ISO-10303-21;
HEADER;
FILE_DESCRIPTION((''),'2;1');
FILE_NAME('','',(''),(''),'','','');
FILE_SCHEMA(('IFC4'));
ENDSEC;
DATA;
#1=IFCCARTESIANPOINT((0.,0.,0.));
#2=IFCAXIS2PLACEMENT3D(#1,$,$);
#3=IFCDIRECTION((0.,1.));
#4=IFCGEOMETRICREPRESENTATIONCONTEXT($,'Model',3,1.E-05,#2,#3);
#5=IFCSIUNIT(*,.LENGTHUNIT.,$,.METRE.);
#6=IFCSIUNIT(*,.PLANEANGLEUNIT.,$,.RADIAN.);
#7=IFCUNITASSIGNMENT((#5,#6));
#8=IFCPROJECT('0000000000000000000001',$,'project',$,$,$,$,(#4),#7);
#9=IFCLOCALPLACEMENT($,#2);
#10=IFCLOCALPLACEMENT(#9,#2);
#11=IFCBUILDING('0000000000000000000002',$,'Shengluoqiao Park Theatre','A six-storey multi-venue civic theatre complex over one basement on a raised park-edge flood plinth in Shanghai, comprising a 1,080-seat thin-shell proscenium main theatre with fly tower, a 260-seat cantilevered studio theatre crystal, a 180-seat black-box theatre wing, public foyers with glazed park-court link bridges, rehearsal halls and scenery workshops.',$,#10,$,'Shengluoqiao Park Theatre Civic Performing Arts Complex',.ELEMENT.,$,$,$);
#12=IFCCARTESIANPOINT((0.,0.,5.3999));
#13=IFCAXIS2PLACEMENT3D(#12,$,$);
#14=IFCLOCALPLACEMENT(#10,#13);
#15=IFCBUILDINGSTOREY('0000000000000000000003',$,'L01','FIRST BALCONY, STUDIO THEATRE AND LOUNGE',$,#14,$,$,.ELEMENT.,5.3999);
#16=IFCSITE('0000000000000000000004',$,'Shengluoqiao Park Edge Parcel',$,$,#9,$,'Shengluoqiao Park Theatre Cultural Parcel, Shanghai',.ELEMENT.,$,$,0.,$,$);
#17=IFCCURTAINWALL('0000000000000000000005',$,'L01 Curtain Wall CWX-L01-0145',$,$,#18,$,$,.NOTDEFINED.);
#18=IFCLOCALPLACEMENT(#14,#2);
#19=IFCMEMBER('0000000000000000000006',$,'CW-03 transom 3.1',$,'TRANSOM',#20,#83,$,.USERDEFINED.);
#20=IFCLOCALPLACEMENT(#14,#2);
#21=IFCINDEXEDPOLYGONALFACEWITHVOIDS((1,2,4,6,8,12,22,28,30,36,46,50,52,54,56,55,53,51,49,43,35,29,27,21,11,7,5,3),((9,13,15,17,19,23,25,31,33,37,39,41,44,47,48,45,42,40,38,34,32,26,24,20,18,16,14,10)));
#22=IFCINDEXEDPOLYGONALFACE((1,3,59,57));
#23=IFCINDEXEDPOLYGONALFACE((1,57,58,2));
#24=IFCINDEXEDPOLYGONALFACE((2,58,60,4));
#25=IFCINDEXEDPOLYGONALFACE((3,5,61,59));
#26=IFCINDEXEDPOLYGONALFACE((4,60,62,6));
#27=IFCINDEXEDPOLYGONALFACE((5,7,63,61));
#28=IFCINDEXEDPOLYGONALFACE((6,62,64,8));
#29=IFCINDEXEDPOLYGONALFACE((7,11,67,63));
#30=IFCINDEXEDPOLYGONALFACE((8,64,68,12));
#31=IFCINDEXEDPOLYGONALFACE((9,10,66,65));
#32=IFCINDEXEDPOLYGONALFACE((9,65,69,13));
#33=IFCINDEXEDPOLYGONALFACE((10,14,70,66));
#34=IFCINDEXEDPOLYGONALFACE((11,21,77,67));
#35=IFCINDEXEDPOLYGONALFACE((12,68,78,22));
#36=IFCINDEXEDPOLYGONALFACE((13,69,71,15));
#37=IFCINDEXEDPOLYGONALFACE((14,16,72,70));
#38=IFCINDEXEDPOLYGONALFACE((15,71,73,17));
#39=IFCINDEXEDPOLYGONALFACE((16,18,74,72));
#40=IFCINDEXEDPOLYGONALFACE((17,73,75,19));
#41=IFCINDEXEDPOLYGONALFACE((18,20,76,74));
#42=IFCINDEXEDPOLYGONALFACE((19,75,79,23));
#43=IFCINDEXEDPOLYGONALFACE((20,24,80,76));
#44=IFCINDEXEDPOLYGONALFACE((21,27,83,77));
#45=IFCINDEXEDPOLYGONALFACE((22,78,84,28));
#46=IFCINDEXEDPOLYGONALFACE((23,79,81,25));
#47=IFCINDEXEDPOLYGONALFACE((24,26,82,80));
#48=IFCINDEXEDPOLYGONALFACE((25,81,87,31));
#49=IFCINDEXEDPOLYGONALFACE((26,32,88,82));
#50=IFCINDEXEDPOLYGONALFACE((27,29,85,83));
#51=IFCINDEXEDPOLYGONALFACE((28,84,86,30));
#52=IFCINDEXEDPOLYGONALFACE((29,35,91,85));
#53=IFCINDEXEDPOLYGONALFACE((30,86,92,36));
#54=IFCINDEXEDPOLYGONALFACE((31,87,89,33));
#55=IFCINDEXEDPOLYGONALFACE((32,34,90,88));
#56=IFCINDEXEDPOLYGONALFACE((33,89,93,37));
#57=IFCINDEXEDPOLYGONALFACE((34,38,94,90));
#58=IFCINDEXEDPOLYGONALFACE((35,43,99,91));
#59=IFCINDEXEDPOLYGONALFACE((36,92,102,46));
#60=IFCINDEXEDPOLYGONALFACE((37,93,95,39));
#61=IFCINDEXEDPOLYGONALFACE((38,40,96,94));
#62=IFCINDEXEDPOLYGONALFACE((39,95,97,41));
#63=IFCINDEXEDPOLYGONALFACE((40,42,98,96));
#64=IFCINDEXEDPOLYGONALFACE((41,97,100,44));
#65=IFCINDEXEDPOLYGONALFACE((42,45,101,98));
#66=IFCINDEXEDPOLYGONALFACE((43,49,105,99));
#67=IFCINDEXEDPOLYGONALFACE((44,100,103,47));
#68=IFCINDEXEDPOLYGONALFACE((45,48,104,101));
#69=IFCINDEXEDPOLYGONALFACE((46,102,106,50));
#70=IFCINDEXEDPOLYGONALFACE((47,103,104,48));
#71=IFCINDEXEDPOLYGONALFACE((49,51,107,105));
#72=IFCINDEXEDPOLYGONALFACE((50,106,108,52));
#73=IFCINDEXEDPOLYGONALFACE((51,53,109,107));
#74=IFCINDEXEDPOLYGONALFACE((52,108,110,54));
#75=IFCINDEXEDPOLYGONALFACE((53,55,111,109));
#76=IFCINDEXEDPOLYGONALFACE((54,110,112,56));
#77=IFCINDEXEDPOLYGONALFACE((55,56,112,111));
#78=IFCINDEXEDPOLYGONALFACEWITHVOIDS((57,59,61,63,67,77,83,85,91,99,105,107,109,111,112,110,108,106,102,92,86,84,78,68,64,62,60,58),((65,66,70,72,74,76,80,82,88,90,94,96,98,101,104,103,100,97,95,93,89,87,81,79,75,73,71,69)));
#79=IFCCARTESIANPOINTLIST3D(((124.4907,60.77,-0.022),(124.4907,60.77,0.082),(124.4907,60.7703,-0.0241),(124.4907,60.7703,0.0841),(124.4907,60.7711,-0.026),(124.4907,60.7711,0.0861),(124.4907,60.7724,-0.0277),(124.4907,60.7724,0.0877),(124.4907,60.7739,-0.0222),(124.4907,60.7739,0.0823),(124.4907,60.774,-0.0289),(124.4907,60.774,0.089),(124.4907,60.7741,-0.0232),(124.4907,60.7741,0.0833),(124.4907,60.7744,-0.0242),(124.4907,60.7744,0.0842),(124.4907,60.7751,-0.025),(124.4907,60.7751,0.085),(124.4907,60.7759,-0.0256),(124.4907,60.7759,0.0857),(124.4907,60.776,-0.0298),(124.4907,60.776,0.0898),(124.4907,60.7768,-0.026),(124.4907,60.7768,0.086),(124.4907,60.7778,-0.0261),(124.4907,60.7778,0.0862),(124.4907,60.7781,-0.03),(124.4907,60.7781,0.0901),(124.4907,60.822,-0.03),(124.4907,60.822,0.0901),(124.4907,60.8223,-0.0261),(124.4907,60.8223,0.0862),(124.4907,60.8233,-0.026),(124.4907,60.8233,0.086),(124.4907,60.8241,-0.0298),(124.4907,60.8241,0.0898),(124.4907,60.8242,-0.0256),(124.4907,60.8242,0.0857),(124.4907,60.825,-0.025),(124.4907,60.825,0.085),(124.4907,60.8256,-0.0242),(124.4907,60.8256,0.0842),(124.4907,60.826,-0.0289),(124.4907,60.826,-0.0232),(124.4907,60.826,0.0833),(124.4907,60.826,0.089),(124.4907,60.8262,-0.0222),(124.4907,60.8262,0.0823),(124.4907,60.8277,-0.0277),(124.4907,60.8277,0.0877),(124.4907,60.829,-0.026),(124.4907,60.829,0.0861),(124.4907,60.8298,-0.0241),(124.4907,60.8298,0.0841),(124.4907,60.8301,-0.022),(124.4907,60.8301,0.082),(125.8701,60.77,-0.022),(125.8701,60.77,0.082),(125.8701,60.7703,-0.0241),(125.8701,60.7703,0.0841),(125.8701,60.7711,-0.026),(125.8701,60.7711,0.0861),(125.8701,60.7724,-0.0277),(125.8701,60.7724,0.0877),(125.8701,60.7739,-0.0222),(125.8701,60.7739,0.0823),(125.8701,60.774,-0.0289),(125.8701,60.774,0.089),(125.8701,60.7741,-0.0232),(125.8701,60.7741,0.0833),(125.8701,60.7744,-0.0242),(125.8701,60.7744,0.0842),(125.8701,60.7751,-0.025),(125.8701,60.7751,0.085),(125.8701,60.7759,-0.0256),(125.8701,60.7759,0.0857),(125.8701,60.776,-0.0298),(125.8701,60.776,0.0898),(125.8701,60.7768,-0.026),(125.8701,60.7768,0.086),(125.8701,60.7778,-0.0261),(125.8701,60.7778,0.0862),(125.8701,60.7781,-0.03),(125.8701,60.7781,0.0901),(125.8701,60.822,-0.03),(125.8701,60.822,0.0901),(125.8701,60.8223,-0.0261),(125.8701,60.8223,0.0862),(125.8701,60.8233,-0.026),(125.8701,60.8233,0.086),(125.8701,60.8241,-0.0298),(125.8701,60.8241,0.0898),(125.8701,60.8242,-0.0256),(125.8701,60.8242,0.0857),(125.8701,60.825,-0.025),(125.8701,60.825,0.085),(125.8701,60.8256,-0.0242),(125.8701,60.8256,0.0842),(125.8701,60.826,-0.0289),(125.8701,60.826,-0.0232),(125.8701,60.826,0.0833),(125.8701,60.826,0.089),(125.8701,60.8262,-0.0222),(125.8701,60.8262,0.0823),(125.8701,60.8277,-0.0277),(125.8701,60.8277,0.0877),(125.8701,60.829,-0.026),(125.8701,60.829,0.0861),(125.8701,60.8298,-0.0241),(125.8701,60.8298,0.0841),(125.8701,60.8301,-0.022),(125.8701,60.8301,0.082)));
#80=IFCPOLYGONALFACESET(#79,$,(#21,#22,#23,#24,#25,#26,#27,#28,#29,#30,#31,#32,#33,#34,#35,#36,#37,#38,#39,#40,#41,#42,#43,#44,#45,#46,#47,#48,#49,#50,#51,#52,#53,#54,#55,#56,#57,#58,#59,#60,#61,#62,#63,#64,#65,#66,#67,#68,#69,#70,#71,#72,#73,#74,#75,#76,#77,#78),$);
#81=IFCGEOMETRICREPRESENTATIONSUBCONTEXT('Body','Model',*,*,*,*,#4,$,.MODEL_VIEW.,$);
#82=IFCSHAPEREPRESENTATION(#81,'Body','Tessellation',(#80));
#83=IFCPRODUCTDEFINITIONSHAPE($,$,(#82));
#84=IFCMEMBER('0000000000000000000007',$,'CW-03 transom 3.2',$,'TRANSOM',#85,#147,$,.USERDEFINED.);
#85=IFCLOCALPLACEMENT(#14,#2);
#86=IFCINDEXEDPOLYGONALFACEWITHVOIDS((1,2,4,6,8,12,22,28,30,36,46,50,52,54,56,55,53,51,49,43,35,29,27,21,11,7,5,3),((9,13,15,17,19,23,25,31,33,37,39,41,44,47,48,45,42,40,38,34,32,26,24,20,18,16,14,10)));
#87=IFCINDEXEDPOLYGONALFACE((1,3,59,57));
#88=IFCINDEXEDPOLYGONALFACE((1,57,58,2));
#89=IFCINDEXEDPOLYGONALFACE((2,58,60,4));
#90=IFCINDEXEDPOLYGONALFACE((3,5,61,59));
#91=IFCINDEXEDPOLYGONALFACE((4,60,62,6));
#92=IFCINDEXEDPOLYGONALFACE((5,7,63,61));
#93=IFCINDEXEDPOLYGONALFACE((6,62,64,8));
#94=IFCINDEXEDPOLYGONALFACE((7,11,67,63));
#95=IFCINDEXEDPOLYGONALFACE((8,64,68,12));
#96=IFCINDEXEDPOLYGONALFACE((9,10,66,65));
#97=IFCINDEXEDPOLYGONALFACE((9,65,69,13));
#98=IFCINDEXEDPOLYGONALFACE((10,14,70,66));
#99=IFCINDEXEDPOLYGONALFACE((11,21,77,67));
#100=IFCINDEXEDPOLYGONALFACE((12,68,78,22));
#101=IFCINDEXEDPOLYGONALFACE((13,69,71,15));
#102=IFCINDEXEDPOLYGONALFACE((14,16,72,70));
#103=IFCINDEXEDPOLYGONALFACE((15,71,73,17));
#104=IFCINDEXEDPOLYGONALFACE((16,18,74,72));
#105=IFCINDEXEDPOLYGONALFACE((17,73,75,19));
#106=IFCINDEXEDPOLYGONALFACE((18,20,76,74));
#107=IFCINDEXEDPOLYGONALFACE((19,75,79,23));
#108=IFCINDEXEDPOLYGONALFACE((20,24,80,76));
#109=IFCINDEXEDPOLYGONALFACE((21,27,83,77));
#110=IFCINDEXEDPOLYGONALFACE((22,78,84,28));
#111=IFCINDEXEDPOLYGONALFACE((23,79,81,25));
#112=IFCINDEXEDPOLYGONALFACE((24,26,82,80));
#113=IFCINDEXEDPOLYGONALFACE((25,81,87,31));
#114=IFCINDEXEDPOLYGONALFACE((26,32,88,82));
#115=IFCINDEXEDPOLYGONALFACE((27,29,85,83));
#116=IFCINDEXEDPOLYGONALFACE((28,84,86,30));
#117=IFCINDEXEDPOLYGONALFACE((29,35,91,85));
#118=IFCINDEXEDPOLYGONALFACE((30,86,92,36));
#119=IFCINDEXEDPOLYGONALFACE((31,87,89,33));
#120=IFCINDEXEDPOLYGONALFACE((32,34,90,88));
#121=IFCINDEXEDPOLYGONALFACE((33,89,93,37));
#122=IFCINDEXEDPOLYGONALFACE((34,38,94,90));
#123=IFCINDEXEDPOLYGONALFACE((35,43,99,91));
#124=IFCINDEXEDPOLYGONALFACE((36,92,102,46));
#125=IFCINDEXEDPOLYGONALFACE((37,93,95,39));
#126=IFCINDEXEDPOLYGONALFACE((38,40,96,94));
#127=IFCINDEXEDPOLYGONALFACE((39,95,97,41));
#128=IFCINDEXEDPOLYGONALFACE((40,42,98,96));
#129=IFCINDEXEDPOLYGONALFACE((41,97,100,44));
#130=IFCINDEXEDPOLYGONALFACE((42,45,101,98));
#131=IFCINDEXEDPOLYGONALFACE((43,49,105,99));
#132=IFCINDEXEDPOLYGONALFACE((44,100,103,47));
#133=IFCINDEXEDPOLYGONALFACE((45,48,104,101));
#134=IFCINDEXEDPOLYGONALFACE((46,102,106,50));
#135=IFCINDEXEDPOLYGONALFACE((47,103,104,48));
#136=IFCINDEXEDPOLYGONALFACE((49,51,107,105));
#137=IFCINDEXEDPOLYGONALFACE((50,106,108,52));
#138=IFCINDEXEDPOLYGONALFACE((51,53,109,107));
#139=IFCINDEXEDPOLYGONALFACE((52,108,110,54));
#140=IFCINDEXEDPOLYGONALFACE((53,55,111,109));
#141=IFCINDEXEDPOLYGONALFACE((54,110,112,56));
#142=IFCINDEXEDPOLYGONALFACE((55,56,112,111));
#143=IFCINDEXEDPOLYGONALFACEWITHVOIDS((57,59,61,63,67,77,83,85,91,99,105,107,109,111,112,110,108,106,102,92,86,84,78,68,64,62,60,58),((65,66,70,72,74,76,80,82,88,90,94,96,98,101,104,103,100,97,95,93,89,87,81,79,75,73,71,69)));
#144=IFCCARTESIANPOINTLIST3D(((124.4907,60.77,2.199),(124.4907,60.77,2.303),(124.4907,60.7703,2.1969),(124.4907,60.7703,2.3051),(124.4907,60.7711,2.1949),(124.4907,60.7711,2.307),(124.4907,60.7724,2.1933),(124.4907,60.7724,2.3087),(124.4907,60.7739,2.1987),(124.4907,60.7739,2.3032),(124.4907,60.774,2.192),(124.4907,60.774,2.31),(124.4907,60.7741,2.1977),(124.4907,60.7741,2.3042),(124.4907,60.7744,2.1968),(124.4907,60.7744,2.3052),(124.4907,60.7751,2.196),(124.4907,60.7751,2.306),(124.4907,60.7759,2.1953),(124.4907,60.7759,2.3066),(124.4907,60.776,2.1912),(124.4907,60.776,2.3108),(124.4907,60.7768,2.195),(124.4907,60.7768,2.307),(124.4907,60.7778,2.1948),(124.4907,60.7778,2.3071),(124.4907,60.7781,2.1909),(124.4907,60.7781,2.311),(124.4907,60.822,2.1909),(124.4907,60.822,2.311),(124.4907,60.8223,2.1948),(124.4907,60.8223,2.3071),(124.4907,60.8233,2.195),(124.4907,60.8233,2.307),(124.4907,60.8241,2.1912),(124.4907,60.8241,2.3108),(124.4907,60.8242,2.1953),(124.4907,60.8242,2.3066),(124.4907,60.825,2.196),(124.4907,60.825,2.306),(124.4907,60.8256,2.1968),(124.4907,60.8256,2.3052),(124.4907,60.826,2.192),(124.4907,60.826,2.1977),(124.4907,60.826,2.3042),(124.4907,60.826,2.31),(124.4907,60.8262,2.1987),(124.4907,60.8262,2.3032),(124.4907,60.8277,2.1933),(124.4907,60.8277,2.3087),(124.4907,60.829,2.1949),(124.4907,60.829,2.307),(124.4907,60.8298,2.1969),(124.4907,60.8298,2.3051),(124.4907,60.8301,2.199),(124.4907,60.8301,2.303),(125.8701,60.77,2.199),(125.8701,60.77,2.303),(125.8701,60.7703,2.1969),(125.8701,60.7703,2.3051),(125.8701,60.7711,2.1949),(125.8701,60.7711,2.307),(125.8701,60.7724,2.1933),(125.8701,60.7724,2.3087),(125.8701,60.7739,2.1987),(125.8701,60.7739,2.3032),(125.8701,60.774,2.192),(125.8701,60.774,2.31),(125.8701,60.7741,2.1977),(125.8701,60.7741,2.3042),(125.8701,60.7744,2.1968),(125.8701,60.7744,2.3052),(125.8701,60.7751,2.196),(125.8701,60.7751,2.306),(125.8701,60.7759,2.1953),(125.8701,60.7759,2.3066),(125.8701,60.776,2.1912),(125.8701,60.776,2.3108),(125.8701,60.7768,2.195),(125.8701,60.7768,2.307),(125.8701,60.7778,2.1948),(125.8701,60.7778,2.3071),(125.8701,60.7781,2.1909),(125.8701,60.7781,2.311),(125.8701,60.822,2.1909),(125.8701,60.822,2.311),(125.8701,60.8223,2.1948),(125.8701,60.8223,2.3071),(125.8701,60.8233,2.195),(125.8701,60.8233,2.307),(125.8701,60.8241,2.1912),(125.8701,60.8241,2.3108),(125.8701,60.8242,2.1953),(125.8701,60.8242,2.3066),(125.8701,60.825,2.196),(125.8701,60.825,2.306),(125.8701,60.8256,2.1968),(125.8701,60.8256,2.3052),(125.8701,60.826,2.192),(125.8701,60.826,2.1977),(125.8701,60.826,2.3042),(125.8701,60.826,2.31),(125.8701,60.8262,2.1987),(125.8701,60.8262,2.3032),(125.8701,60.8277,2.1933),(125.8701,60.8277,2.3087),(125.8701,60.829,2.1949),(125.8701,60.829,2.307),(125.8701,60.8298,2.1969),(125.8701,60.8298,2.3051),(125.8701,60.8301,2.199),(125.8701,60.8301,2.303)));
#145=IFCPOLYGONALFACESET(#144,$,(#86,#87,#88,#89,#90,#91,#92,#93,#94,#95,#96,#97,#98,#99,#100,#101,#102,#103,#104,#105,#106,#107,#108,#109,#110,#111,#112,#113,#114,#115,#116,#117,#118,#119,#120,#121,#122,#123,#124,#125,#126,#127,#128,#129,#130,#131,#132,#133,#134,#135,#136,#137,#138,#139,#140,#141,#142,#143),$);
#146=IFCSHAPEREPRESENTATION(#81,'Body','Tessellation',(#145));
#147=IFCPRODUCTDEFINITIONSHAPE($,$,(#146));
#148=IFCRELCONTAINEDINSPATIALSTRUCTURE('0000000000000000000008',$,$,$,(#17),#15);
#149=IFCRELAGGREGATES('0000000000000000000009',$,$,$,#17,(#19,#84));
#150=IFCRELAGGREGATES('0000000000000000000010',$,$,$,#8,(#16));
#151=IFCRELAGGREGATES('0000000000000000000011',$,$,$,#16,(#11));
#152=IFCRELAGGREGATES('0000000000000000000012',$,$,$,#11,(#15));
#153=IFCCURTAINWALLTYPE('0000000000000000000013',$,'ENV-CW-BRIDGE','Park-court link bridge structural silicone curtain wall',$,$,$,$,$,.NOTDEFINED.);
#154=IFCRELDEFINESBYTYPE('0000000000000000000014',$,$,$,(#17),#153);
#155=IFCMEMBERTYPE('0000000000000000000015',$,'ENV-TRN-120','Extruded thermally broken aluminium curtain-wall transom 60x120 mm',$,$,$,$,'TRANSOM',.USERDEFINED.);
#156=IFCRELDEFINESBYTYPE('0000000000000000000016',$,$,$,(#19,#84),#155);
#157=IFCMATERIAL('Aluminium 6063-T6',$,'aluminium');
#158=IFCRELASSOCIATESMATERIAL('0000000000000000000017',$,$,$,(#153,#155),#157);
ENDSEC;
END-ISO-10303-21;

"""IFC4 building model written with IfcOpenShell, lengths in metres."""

from ifc_helpers import new_model, si_unit, direction, frame, origin, origin_2d, place, context, subcontext, project, spatial, hollow_rectangle, extrude, material, material_profile, profile_set, type_object, element, aggregate, save


model = new_model("IFC4")

# Units and contexts
model_context = context("Model", 3, precision=1e-05, world=origin(), true_north=direction((0.0, 1.0)))
body_context = subcontext(model_context, "Body", "Model", "MODEL_VIEW")
ifc_project = project(units=[si_unit("LENGTHUNIT", "METRE"), si_unit("PLANEANGLEUNIT", "RADIAN")], contexts=[model_context])

# Site, building, storey
site_placement = place(None, origin())
site = spatial("IfcSite", under=ifc_project, at=site_placement, Name="Shengluoqiao Park Edge Parcel", LongName="Shengluoqiao Park Theatre Cultural Parcel, Shanghai", CompositionType="ELEMENT", RefElevation=0.0)
building_placement = place(site_placement, origin())
building = spatial("IfcBuilding", under=site, at=building_placement, Name="Shengluoqiao Park Theatre", Description="A six-storey multi-venue civic theatre complex over one basement on a raised park-edge flood plinth in Shanghai, comprising a 1,080-seat thin-shell proscenium main theatre with fly tower, a 260-seat cantilevered studio theatre crystal, a 180-seat black-box theatre wing, public foyers with glazed park-court link bridges, rehearsal halls and scenery workshops.", LongName="Shengluoqiao Park Theatre Civic Performing Arts Complex", CompositionType="ELEMENT")
storey_placement = place(building_placement, frame((0.0, 0.0, 5.3999)))
storey = spatial("IfcBuildingStorey", under=building, at=storey_placement, Name="L01", Description="FIRST BALCONY, STUDIO THEATRE AND LOUNGE", CompositionType="ELEMENT", Elevation=5.3999)

# Curtain wall, members
ifc_material_1 = material(Name="Aluminium 6063-T6", Category="aluminium")
curtain_wall_type = type_object("IfcCurtainWallType", Name="ENV-CW-BRIDGE", Description="Park-court link bridge structural silicone curtain wall", PredefinedType="NOTDEFINED", material=ifc_material_1)
curtain_wall_placement = place(storey_placement, origin())
curtain_wall = element("IfcCurtainWall", 1, at=curtain_wall_placement, inside=storey, type_object=curtain_wall_type, Name="L01 Curtain Wall CWX-L01-0145", PredefinedType="NOTDEFINED")
ifc_material_profile_1 = material_profile(ifc_material_1, hollow_rectangle(XDim=0.0601, YDim=0.1201, WallThickness=0.0039, InnerFilletRadius=0.0039, OuterFilletRadius=0.0081, at=origin_2d()), Name="ALU TRANSOM 120x60x4")
ifc_profile_set_1 = profile_set([ifc_material_profile_1], Name="Aluminium 6063-T6")
member_type_1 = type_object("IfcMemberType", Name="ENV-TRN-120", Description="Extruded thermally broken aluminium curtain-wall transom 60x120 mm", ElementType="TRANSOM", PredefinedType="USERDEFINED", material=ifc_profile_set_1)
member_1_placement = place(storey_placement, frame((124.4907, 60.8, 0.03), z_axis=(1.0, 0.0, 0.0), x_axis=(0.0, 1.0, 0.0)))
member_1 = element("IfcMember", 2, at=member_1_placement, type_object=member_type_1, Name="CW-03 transom 3.1", ObjectType="TRANSOM", PredefinedType="USERDEFINED", context=body_context, shape_type="SweptSolid", body=[
    extrude(hollow_rectangle(XDim=0.0601, YDim=0.1201, WallThickness=0.0039, InnerFilletRadius=0.0039, OuterFilletRadius=0.0081, at=origin_2d()), origin(), (0.0, 0.0, 1.0), 1.3794),
])
member_2_placement = place(storey_placement, frame((124.4907, 60.8, 2.251), z_axis=(1.0, 0.0, 0.0), x_axis=(0.0, 1.0, 0.0)))
member_2 = element("IfcMember", 3, at=member_2_placement, type_object=member_type_1, Name="CW-03 transom 3.2", ObjectType="TRANSOM", PredefinedType="USERDEFINED", context=body_context, shape_type="SweptSolid", body=[
    extrude(hollow_rectangle(XDim=0.0601, YDim=0.1201, WallThickness=0.0039, InnerFilletRadius=0.0039, OuterFilletRadius=0.0081, at=origin_2d()), origin(), (0.0, 0.0, 1.0), 1.3794),
])

aggregate(curtain_wall, [member_1, member_2])

save(model, "model.ifc")
